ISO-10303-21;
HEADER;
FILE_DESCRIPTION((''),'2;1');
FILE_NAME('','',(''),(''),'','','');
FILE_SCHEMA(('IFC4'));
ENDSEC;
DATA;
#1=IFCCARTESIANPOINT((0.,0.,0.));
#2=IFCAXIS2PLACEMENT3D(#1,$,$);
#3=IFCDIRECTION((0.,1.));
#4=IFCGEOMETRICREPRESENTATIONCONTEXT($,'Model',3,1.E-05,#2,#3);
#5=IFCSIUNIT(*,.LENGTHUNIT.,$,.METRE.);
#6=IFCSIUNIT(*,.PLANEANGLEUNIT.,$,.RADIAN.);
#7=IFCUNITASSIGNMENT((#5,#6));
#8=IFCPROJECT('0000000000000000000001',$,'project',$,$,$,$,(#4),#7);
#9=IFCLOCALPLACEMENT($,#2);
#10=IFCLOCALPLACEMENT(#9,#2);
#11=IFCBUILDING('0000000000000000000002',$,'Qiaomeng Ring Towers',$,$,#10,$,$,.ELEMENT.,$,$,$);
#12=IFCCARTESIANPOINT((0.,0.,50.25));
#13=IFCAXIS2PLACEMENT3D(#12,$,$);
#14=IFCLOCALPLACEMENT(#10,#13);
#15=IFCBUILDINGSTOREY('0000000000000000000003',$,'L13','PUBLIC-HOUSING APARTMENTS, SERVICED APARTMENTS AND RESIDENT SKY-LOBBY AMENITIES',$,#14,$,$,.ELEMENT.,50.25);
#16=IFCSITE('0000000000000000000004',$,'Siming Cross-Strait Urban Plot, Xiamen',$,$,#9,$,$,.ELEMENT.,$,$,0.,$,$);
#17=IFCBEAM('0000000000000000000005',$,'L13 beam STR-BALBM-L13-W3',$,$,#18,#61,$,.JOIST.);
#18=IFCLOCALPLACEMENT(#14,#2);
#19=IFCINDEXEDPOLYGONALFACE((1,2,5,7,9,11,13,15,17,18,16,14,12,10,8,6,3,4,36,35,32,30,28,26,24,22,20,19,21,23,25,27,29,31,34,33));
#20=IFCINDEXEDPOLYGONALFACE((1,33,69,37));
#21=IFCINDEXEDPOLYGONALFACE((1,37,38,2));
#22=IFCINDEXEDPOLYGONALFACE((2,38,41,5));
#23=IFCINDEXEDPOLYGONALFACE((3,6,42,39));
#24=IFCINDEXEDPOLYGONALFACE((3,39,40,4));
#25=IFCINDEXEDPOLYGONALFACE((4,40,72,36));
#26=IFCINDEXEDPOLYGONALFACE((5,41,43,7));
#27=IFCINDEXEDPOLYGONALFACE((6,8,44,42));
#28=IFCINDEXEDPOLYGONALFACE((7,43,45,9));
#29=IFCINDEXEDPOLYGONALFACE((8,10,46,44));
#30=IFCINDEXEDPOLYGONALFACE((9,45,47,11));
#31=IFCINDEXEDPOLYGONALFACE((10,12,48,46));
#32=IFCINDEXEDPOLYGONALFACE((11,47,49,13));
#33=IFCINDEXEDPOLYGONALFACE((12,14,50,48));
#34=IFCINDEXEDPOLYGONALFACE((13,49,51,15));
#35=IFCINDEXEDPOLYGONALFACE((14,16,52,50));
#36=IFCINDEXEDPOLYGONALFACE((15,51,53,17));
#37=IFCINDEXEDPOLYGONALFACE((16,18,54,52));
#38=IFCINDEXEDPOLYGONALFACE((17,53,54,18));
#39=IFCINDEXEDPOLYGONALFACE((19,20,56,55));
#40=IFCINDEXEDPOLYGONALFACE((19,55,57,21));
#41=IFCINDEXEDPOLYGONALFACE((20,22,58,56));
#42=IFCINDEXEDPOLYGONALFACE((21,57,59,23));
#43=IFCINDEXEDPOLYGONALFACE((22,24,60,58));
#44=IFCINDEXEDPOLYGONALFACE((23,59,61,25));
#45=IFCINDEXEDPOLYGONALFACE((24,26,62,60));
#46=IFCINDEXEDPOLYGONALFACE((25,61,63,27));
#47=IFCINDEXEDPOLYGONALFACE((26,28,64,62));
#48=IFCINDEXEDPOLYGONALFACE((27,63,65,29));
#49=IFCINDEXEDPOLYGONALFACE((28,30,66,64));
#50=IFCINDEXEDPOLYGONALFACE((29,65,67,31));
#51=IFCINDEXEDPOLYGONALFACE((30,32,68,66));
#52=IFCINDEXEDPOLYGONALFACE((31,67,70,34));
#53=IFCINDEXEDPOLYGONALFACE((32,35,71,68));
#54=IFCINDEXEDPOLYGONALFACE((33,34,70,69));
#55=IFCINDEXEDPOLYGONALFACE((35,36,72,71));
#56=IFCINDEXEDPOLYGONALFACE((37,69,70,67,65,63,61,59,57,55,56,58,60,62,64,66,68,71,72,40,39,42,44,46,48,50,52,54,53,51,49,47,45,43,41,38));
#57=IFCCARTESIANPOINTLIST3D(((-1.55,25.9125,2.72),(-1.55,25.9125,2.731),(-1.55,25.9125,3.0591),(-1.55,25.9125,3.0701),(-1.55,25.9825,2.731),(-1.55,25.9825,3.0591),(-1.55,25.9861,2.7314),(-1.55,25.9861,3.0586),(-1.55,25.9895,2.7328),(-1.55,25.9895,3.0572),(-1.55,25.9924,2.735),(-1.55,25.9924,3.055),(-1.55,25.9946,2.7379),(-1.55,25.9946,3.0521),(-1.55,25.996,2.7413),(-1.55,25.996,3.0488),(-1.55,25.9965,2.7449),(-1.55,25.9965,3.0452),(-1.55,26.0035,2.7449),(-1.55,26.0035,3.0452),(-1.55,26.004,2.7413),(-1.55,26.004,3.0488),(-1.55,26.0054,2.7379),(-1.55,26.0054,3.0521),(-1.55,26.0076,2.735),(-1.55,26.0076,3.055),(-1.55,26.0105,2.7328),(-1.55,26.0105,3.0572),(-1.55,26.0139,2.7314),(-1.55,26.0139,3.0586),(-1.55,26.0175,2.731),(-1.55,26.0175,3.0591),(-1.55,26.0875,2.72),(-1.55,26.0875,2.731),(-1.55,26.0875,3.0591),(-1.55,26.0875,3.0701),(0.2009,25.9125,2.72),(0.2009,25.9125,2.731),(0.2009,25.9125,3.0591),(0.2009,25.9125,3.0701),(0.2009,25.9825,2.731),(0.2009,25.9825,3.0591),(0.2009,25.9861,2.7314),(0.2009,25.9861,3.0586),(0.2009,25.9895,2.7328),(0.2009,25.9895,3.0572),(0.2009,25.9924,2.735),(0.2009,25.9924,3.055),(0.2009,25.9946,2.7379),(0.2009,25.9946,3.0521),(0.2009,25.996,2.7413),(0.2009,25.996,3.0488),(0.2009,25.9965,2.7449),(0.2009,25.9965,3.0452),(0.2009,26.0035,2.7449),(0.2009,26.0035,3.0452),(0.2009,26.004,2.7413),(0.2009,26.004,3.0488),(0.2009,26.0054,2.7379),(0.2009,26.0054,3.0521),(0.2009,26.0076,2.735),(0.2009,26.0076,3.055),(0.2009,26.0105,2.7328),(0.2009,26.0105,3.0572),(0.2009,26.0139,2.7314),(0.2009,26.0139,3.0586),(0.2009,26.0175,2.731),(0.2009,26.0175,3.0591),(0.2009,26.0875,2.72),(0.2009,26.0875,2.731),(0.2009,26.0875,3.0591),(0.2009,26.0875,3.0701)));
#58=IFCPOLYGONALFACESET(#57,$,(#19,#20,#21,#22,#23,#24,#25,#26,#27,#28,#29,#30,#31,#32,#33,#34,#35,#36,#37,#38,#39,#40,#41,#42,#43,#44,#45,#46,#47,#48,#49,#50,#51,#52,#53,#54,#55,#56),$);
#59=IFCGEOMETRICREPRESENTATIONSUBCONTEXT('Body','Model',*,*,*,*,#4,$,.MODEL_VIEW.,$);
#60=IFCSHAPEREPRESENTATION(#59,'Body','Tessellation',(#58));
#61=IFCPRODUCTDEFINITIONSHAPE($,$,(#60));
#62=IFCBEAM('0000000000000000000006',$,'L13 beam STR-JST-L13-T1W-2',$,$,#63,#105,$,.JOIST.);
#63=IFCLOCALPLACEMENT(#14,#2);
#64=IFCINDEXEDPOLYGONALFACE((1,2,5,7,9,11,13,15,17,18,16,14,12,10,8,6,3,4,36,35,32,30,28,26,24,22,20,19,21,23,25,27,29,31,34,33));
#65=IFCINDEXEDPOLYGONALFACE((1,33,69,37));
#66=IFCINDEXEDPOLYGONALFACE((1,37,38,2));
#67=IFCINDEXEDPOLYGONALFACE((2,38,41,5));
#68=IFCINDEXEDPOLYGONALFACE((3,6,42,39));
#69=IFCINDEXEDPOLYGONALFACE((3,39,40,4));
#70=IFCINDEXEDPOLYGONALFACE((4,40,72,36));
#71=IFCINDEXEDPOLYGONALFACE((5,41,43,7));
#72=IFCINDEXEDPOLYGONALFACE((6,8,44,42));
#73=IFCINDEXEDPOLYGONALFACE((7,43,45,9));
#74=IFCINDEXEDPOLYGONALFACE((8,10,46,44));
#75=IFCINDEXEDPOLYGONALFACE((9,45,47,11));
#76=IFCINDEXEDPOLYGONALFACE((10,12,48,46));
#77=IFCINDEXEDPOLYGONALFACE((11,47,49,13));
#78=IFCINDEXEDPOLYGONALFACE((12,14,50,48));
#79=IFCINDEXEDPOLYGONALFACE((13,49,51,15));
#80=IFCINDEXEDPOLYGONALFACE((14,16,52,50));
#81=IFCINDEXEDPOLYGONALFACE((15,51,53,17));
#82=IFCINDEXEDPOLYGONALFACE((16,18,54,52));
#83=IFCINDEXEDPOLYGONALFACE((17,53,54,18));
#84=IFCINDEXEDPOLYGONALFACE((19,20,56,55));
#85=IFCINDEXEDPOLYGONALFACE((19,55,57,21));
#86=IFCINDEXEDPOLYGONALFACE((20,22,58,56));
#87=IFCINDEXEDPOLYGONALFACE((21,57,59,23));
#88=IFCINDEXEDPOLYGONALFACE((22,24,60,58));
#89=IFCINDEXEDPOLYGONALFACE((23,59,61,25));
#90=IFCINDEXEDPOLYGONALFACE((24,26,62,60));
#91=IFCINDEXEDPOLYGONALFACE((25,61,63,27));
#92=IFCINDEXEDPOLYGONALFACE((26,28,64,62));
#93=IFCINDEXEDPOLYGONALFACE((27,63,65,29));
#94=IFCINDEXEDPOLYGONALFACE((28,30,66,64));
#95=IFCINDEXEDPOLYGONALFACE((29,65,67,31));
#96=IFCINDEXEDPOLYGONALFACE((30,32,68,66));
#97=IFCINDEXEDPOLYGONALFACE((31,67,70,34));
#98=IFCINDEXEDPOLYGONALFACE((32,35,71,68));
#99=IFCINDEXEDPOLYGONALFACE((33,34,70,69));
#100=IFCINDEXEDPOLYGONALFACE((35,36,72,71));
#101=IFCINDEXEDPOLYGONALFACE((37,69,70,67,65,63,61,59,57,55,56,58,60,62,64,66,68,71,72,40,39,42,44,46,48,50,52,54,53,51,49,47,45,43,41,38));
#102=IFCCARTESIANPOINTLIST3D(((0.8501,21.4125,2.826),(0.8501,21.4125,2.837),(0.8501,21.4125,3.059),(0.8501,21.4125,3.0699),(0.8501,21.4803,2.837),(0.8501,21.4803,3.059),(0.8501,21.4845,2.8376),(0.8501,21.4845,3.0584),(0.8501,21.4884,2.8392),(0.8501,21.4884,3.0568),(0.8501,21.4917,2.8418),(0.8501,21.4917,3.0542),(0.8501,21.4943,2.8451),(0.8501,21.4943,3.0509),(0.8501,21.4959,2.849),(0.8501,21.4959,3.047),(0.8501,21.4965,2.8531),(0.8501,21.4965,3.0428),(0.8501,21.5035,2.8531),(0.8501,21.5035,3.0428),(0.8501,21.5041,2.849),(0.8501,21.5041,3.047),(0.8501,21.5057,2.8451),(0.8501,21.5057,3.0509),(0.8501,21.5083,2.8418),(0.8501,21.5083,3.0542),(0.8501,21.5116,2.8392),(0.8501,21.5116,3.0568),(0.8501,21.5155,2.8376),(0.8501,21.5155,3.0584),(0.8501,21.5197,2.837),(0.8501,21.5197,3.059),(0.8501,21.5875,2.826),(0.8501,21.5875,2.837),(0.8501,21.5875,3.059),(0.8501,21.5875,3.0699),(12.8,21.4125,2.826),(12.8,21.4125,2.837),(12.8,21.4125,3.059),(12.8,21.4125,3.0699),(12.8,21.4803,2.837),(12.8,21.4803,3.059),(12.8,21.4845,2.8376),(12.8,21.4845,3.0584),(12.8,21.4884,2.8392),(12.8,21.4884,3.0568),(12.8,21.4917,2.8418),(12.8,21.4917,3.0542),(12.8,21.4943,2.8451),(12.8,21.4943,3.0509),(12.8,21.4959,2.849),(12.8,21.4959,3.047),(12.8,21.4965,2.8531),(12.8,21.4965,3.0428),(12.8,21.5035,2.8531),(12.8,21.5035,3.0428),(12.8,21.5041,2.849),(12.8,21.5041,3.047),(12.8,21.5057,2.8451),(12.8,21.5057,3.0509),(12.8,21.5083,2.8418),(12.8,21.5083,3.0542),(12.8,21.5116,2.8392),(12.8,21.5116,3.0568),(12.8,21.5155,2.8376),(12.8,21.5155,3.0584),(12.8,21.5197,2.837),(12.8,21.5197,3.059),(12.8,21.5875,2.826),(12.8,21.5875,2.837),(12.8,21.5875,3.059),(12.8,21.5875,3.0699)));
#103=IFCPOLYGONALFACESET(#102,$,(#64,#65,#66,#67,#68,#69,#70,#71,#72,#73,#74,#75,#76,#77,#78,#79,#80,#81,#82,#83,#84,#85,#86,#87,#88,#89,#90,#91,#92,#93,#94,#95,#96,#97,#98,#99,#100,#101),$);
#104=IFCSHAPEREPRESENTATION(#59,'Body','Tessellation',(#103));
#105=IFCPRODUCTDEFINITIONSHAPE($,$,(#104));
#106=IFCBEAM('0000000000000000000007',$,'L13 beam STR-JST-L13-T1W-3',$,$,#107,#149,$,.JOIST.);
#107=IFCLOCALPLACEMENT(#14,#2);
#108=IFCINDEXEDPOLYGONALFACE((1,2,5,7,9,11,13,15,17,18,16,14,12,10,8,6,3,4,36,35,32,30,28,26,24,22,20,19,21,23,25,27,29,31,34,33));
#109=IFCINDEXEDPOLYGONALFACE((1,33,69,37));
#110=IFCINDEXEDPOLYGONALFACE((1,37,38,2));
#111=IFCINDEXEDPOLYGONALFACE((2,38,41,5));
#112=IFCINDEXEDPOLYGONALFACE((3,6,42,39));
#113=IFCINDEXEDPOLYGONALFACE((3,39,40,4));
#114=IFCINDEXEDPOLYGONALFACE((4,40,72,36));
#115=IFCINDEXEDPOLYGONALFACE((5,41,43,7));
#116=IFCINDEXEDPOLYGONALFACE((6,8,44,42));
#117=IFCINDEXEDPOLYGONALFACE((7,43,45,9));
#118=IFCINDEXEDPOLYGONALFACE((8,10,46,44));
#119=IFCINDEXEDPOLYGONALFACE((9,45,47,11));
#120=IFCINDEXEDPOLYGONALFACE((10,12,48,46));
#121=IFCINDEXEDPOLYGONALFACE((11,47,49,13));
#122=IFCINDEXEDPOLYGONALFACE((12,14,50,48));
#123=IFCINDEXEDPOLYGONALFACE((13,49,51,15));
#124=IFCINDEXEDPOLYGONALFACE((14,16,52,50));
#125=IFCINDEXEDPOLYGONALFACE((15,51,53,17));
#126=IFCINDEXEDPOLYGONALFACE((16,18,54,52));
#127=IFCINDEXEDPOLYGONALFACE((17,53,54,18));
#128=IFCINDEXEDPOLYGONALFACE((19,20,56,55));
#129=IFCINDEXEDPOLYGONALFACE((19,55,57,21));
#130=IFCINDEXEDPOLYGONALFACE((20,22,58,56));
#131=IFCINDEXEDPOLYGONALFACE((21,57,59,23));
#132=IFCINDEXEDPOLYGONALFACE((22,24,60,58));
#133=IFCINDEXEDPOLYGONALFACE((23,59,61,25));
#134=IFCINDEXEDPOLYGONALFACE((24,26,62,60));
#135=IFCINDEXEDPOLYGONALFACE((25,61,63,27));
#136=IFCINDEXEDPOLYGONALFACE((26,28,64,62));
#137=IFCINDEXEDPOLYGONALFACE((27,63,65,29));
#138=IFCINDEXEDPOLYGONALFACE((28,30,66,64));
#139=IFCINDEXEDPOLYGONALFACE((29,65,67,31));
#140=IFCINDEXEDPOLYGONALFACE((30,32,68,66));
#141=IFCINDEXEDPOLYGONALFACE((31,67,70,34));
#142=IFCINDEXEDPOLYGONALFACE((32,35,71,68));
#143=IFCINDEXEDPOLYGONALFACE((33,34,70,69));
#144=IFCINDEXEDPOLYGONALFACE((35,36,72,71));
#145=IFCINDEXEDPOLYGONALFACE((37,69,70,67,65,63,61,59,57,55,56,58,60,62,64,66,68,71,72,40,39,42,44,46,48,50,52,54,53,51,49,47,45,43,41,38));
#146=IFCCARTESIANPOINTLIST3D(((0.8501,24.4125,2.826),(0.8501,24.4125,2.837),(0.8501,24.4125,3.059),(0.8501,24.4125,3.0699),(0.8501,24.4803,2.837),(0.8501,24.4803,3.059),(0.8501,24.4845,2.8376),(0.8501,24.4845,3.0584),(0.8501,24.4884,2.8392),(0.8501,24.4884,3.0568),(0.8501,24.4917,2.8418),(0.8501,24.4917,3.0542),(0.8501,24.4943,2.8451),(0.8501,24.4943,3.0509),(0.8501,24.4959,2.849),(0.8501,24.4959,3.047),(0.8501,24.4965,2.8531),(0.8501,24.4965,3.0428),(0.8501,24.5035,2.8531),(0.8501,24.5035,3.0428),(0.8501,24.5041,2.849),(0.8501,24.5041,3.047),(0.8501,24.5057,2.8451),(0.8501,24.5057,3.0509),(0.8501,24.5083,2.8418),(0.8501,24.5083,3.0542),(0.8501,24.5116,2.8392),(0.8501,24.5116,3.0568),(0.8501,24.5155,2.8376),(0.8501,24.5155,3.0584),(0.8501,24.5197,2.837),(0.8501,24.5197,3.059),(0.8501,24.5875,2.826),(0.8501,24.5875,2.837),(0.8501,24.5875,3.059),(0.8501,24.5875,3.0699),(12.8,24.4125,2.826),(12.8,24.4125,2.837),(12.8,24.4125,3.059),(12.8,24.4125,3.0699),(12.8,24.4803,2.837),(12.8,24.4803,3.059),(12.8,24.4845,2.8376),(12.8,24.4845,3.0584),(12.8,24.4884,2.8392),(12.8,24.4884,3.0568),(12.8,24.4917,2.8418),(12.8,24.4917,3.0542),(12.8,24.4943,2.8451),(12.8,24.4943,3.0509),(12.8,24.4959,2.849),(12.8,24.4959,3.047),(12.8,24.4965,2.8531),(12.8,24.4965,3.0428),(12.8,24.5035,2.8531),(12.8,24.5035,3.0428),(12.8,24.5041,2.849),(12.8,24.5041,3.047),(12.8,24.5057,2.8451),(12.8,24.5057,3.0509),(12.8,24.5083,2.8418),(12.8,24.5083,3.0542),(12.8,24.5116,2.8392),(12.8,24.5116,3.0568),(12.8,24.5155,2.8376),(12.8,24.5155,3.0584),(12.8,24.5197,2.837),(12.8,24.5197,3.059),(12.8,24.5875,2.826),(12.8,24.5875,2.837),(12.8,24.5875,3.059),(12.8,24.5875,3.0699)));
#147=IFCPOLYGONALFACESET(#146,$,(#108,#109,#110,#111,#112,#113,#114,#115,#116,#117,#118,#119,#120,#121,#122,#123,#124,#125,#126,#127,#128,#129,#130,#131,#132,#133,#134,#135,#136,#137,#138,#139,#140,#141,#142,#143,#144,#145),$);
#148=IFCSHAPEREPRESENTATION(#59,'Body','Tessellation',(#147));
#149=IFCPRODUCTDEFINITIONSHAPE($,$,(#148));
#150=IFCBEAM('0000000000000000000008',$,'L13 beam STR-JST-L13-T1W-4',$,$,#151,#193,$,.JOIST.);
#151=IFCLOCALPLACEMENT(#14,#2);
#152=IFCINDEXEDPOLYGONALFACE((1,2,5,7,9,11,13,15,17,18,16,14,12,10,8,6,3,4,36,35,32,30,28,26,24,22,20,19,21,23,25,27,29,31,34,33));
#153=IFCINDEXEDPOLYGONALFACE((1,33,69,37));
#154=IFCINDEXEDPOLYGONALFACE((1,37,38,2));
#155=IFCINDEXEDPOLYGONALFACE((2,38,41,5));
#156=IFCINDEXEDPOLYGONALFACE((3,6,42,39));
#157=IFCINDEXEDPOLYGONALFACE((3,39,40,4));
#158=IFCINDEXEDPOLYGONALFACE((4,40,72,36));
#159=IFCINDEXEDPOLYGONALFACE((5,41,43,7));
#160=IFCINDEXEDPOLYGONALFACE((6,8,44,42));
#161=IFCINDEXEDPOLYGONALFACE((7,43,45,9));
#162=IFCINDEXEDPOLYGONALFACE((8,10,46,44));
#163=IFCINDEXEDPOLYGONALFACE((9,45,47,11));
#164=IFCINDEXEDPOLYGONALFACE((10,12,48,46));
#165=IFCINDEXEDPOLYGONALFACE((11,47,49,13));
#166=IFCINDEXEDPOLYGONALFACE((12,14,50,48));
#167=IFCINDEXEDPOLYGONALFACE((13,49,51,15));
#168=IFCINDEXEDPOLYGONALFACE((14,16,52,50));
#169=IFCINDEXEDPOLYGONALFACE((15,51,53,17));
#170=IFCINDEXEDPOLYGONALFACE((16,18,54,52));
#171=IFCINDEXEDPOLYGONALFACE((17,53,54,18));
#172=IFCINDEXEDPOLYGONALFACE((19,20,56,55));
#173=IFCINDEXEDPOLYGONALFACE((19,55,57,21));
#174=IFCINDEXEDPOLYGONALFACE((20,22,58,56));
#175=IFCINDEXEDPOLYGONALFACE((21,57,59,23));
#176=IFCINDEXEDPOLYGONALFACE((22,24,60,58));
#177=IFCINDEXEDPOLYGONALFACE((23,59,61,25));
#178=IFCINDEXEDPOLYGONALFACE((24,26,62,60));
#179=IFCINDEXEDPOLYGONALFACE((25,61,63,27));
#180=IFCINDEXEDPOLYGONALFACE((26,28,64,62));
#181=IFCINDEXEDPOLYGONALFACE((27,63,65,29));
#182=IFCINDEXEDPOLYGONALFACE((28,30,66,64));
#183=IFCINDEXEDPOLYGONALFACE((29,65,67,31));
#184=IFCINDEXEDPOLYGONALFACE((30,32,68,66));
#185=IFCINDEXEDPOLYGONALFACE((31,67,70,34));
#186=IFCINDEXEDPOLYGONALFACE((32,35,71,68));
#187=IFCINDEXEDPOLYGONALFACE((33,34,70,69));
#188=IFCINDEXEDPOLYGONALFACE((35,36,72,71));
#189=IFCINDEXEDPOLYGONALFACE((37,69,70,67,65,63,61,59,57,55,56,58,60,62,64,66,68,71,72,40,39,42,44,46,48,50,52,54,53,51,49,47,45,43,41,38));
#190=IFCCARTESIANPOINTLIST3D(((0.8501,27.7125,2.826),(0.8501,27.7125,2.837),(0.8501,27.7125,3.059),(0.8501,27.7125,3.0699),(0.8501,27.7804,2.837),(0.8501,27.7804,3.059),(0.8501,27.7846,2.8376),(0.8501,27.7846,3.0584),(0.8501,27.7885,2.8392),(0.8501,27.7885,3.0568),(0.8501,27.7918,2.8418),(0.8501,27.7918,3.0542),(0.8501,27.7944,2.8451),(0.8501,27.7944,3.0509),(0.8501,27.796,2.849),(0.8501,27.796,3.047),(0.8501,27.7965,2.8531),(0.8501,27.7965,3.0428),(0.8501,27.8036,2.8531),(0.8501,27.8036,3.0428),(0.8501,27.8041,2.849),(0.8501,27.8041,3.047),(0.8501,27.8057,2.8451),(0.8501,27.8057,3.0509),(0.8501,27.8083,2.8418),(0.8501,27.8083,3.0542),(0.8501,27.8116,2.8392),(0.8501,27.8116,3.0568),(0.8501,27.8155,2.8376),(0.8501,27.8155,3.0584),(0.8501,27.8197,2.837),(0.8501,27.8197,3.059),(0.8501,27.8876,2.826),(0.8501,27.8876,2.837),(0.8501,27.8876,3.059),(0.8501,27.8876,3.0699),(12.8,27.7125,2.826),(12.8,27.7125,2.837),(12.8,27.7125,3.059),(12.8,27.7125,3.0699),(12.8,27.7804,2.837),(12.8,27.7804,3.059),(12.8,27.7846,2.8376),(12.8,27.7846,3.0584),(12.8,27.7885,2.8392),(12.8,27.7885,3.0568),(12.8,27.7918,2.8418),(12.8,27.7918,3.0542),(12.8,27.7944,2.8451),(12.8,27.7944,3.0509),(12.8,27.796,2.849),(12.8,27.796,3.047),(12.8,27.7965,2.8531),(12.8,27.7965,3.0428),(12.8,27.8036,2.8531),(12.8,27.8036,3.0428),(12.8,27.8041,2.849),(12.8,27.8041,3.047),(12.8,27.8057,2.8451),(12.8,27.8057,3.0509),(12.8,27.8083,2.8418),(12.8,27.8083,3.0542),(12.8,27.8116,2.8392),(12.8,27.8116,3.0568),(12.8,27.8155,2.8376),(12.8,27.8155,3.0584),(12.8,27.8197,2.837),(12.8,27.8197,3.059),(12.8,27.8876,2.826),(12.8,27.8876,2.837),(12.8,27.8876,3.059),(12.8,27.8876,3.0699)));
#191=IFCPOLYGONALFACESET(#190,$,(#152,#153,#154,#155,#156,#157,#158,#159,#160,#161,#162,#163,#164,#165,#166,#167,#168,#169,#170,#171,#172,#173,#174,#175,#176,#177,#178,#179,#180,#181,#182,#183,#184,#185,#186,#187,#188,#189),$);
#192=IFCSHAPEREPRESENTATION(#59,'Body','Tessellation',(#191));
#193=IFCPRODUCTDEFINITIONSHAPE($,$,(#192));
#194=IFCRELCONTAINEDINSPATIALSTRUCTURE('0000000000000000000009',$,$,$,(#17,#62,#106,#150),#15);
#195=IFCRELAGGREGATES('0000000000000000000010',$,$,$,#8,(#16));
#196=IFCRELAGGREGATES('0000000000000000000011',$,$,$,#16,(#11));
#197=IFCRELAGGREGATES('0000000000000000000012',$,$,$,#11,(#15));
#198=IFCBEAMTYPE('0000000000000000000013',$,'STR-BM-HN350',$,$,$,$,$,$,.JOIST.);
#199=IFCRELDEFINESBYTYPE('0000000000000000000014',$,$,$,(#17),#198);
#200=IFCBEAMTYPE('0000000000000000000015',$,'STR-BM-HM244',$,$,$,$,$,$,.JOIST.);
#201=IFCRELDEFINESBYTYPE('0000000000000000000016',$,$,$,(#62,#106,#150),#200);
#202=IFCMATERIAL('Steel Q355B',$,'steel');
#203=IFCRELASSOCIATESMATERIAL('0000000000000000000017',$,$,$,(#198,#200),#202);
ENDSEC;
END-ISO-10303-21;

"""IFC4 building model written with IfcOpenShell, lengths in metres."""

from ifc_helpers import new_model, si_unit, direction, frame, origin, origin_2d, place, context, subcontext, project, spatial, i_section, extrude, source, transform, mapped, material, material_profile, profile_set, type_object, element, save


model = new_model("IFC4")

# Units and contexts
model_context = context("Model", 3, precision=1e-05, world=origin(), true_north=direction((0.0, 1.0)))
body_context = subcontext(model_context, "Body", "Model", "MODEL_VIEW")
ifc_project = project(units=[si_unit("LENGTHUNIT", "METRE"), si_unit("PLANEANGLEUNIT", "RADIAN")], contexts=[model_context])

# Site, building, storey
site_placement = place(None, origin())
site = spatial("IfcSite", under=ifc_project, at=site_placement, Name="Siming Cross-Strait Urban Plot, Xiamen", CompositionType="ELEMENT", RefElevation=0.0)
building_placement = place(site_placement, origin())
building = spatial("IfcBuilding", under=site, at=building_placement, Name="Qiaomeng Ring Towers", CompositionType="ELEMENT")
storey_placement = place(building_placement, frame((0.0, 0.0, 50.25)))
storey = spatial("IfcBuildingStorey", under=building, at=storey_placement, Name="L13", Description="PUBLIC-HOUSING APARTMENTS, SERVICED APARTMENTS AND RESIDENT SKY-LOBBY AMENITIES", CompositionType="ELEMENT", Elevation=50.25)

# Beams
ifc_material_1 = material(Name="Steel Q355B", Category="steel")
ifc_material_profile_1 = material_profile(ifc_material_1, i_section(OverallWidth=0.175, OverallDepth=0.3501, WebThickness=0.0071, FlangeThickness=0.011, FilletRadius=0.0139, at=origin_2d()), Name="HN 350x175x7x11")
ifc_profile_set_1 = profile_set([ifc_material_profile_1], Name="Steel Q355B")
beam_type_1 = type_object("IfcBeamType", Name="STR-BM-HN350", PredefinedType="JOIST", material=ifc_profile_set_1)
shared_shape_1 = source(origin(), body_context, "Body", "SweptSolid", [
    extrude(i_section(OverallWidth=0.175, OverallDepth=0.3501, WebThickness=0.0071, FlangeThickness=0.011, FilletRadius=0.0139, at=origin_2d()), origin(), (0.0, 0.0, 1.0), 1.751),
])
beam_1_placement = place(storey_placement, frame((-1.55, 26.0, 2.895), z_axis=(1.0, 0.0, 0.0), x_axis=(0.0, 1.0, 0.0)))
element("IfcBeam", 1, at=beam_1_placement, inside=storey, type_object=beam_type_1, Name="L13 beam STR-BALBM-L13-W3", PredefinedType="JOIST", context=body_context, shape_type="MappedRepresentation", body=[
    mapped(shared_shape_1, transform((0.0, 0.0, 0.0), x_axis=(1.0, 0.0, 0.0), y_axis=(0.0, 1.0, 0.0), z_axis=(0.0, 0.0, 1.0), scale=1.0)),
])
ifc_material_profile_2 = material_profile(ifc_material_1, i_section(OverallWidth=0.175, OverallDepth=0.2439, WebThickness=0.0071, FlangeThickness=0.011, FilletRadius=0.0161, at=origin_2d()), Name="HM 244x175x7x11")
ifc_profile_set_2 = profile_set([ifc_material_profile_2], Name="Steel Q355B")
beam_type_2 = type_object("IfcBeamType", Name="STR-BM-HM244", PredefinedType="JOIST", material=ifc_profile_set_2)
shared_shape_2 = source(origin(), body_context, "Body", "SweptSolid", [
    extrude(i_section(OverallWidth=0.175, OverallDepth=0.2439, WebThickness=0.0071, FlangeThickness=0.011, FilletRadius=0.0161, at=origin_2d()), origin(), (0.0, 0.0, 1.0), 11.95),
])
for number, where, z_axis, x_axis, name in (
    (2, (0.8501, 21.5, 2.948), (1.0, 0.0, 0.0), (0.0, 1.0, 0.0), "L13 beam STR-JST-L13-T1W-2"),
    (3, (0.8501, 24.5, 2.948), (1.0, 0.0, 0.0), (0.0, 1.0, 0.0), "L13 beam STR-JST-L13-T1W-3"),
    (4, (0.8501, 27.8, 2.948), (1.0, 0.0, 0.0), (0.0, 1.0, 0.0), "L13 beam STR-JST-L13-T1W-4"),
):
    element("IfcBeam", number, at=place(storey_placement, frame(where, z_axis=z_axis, x_axis=x_axis)), inside=storey, type_object=beam_type_2, Name=name, PredefinedType="JOIST", context=body_context, shape_type="MappedRepresentation", body=[
        mapped(shared_shape_2, transform((0.0, 0.0, 0.0), x_axis=(1.0, 0.0, 0.0), y_axis=(0.0, 1.0, 0.0), z_axis=(0.0, 0.0, 1.0), scale=1.0)),
    ])

save(model, "model.ifc")
